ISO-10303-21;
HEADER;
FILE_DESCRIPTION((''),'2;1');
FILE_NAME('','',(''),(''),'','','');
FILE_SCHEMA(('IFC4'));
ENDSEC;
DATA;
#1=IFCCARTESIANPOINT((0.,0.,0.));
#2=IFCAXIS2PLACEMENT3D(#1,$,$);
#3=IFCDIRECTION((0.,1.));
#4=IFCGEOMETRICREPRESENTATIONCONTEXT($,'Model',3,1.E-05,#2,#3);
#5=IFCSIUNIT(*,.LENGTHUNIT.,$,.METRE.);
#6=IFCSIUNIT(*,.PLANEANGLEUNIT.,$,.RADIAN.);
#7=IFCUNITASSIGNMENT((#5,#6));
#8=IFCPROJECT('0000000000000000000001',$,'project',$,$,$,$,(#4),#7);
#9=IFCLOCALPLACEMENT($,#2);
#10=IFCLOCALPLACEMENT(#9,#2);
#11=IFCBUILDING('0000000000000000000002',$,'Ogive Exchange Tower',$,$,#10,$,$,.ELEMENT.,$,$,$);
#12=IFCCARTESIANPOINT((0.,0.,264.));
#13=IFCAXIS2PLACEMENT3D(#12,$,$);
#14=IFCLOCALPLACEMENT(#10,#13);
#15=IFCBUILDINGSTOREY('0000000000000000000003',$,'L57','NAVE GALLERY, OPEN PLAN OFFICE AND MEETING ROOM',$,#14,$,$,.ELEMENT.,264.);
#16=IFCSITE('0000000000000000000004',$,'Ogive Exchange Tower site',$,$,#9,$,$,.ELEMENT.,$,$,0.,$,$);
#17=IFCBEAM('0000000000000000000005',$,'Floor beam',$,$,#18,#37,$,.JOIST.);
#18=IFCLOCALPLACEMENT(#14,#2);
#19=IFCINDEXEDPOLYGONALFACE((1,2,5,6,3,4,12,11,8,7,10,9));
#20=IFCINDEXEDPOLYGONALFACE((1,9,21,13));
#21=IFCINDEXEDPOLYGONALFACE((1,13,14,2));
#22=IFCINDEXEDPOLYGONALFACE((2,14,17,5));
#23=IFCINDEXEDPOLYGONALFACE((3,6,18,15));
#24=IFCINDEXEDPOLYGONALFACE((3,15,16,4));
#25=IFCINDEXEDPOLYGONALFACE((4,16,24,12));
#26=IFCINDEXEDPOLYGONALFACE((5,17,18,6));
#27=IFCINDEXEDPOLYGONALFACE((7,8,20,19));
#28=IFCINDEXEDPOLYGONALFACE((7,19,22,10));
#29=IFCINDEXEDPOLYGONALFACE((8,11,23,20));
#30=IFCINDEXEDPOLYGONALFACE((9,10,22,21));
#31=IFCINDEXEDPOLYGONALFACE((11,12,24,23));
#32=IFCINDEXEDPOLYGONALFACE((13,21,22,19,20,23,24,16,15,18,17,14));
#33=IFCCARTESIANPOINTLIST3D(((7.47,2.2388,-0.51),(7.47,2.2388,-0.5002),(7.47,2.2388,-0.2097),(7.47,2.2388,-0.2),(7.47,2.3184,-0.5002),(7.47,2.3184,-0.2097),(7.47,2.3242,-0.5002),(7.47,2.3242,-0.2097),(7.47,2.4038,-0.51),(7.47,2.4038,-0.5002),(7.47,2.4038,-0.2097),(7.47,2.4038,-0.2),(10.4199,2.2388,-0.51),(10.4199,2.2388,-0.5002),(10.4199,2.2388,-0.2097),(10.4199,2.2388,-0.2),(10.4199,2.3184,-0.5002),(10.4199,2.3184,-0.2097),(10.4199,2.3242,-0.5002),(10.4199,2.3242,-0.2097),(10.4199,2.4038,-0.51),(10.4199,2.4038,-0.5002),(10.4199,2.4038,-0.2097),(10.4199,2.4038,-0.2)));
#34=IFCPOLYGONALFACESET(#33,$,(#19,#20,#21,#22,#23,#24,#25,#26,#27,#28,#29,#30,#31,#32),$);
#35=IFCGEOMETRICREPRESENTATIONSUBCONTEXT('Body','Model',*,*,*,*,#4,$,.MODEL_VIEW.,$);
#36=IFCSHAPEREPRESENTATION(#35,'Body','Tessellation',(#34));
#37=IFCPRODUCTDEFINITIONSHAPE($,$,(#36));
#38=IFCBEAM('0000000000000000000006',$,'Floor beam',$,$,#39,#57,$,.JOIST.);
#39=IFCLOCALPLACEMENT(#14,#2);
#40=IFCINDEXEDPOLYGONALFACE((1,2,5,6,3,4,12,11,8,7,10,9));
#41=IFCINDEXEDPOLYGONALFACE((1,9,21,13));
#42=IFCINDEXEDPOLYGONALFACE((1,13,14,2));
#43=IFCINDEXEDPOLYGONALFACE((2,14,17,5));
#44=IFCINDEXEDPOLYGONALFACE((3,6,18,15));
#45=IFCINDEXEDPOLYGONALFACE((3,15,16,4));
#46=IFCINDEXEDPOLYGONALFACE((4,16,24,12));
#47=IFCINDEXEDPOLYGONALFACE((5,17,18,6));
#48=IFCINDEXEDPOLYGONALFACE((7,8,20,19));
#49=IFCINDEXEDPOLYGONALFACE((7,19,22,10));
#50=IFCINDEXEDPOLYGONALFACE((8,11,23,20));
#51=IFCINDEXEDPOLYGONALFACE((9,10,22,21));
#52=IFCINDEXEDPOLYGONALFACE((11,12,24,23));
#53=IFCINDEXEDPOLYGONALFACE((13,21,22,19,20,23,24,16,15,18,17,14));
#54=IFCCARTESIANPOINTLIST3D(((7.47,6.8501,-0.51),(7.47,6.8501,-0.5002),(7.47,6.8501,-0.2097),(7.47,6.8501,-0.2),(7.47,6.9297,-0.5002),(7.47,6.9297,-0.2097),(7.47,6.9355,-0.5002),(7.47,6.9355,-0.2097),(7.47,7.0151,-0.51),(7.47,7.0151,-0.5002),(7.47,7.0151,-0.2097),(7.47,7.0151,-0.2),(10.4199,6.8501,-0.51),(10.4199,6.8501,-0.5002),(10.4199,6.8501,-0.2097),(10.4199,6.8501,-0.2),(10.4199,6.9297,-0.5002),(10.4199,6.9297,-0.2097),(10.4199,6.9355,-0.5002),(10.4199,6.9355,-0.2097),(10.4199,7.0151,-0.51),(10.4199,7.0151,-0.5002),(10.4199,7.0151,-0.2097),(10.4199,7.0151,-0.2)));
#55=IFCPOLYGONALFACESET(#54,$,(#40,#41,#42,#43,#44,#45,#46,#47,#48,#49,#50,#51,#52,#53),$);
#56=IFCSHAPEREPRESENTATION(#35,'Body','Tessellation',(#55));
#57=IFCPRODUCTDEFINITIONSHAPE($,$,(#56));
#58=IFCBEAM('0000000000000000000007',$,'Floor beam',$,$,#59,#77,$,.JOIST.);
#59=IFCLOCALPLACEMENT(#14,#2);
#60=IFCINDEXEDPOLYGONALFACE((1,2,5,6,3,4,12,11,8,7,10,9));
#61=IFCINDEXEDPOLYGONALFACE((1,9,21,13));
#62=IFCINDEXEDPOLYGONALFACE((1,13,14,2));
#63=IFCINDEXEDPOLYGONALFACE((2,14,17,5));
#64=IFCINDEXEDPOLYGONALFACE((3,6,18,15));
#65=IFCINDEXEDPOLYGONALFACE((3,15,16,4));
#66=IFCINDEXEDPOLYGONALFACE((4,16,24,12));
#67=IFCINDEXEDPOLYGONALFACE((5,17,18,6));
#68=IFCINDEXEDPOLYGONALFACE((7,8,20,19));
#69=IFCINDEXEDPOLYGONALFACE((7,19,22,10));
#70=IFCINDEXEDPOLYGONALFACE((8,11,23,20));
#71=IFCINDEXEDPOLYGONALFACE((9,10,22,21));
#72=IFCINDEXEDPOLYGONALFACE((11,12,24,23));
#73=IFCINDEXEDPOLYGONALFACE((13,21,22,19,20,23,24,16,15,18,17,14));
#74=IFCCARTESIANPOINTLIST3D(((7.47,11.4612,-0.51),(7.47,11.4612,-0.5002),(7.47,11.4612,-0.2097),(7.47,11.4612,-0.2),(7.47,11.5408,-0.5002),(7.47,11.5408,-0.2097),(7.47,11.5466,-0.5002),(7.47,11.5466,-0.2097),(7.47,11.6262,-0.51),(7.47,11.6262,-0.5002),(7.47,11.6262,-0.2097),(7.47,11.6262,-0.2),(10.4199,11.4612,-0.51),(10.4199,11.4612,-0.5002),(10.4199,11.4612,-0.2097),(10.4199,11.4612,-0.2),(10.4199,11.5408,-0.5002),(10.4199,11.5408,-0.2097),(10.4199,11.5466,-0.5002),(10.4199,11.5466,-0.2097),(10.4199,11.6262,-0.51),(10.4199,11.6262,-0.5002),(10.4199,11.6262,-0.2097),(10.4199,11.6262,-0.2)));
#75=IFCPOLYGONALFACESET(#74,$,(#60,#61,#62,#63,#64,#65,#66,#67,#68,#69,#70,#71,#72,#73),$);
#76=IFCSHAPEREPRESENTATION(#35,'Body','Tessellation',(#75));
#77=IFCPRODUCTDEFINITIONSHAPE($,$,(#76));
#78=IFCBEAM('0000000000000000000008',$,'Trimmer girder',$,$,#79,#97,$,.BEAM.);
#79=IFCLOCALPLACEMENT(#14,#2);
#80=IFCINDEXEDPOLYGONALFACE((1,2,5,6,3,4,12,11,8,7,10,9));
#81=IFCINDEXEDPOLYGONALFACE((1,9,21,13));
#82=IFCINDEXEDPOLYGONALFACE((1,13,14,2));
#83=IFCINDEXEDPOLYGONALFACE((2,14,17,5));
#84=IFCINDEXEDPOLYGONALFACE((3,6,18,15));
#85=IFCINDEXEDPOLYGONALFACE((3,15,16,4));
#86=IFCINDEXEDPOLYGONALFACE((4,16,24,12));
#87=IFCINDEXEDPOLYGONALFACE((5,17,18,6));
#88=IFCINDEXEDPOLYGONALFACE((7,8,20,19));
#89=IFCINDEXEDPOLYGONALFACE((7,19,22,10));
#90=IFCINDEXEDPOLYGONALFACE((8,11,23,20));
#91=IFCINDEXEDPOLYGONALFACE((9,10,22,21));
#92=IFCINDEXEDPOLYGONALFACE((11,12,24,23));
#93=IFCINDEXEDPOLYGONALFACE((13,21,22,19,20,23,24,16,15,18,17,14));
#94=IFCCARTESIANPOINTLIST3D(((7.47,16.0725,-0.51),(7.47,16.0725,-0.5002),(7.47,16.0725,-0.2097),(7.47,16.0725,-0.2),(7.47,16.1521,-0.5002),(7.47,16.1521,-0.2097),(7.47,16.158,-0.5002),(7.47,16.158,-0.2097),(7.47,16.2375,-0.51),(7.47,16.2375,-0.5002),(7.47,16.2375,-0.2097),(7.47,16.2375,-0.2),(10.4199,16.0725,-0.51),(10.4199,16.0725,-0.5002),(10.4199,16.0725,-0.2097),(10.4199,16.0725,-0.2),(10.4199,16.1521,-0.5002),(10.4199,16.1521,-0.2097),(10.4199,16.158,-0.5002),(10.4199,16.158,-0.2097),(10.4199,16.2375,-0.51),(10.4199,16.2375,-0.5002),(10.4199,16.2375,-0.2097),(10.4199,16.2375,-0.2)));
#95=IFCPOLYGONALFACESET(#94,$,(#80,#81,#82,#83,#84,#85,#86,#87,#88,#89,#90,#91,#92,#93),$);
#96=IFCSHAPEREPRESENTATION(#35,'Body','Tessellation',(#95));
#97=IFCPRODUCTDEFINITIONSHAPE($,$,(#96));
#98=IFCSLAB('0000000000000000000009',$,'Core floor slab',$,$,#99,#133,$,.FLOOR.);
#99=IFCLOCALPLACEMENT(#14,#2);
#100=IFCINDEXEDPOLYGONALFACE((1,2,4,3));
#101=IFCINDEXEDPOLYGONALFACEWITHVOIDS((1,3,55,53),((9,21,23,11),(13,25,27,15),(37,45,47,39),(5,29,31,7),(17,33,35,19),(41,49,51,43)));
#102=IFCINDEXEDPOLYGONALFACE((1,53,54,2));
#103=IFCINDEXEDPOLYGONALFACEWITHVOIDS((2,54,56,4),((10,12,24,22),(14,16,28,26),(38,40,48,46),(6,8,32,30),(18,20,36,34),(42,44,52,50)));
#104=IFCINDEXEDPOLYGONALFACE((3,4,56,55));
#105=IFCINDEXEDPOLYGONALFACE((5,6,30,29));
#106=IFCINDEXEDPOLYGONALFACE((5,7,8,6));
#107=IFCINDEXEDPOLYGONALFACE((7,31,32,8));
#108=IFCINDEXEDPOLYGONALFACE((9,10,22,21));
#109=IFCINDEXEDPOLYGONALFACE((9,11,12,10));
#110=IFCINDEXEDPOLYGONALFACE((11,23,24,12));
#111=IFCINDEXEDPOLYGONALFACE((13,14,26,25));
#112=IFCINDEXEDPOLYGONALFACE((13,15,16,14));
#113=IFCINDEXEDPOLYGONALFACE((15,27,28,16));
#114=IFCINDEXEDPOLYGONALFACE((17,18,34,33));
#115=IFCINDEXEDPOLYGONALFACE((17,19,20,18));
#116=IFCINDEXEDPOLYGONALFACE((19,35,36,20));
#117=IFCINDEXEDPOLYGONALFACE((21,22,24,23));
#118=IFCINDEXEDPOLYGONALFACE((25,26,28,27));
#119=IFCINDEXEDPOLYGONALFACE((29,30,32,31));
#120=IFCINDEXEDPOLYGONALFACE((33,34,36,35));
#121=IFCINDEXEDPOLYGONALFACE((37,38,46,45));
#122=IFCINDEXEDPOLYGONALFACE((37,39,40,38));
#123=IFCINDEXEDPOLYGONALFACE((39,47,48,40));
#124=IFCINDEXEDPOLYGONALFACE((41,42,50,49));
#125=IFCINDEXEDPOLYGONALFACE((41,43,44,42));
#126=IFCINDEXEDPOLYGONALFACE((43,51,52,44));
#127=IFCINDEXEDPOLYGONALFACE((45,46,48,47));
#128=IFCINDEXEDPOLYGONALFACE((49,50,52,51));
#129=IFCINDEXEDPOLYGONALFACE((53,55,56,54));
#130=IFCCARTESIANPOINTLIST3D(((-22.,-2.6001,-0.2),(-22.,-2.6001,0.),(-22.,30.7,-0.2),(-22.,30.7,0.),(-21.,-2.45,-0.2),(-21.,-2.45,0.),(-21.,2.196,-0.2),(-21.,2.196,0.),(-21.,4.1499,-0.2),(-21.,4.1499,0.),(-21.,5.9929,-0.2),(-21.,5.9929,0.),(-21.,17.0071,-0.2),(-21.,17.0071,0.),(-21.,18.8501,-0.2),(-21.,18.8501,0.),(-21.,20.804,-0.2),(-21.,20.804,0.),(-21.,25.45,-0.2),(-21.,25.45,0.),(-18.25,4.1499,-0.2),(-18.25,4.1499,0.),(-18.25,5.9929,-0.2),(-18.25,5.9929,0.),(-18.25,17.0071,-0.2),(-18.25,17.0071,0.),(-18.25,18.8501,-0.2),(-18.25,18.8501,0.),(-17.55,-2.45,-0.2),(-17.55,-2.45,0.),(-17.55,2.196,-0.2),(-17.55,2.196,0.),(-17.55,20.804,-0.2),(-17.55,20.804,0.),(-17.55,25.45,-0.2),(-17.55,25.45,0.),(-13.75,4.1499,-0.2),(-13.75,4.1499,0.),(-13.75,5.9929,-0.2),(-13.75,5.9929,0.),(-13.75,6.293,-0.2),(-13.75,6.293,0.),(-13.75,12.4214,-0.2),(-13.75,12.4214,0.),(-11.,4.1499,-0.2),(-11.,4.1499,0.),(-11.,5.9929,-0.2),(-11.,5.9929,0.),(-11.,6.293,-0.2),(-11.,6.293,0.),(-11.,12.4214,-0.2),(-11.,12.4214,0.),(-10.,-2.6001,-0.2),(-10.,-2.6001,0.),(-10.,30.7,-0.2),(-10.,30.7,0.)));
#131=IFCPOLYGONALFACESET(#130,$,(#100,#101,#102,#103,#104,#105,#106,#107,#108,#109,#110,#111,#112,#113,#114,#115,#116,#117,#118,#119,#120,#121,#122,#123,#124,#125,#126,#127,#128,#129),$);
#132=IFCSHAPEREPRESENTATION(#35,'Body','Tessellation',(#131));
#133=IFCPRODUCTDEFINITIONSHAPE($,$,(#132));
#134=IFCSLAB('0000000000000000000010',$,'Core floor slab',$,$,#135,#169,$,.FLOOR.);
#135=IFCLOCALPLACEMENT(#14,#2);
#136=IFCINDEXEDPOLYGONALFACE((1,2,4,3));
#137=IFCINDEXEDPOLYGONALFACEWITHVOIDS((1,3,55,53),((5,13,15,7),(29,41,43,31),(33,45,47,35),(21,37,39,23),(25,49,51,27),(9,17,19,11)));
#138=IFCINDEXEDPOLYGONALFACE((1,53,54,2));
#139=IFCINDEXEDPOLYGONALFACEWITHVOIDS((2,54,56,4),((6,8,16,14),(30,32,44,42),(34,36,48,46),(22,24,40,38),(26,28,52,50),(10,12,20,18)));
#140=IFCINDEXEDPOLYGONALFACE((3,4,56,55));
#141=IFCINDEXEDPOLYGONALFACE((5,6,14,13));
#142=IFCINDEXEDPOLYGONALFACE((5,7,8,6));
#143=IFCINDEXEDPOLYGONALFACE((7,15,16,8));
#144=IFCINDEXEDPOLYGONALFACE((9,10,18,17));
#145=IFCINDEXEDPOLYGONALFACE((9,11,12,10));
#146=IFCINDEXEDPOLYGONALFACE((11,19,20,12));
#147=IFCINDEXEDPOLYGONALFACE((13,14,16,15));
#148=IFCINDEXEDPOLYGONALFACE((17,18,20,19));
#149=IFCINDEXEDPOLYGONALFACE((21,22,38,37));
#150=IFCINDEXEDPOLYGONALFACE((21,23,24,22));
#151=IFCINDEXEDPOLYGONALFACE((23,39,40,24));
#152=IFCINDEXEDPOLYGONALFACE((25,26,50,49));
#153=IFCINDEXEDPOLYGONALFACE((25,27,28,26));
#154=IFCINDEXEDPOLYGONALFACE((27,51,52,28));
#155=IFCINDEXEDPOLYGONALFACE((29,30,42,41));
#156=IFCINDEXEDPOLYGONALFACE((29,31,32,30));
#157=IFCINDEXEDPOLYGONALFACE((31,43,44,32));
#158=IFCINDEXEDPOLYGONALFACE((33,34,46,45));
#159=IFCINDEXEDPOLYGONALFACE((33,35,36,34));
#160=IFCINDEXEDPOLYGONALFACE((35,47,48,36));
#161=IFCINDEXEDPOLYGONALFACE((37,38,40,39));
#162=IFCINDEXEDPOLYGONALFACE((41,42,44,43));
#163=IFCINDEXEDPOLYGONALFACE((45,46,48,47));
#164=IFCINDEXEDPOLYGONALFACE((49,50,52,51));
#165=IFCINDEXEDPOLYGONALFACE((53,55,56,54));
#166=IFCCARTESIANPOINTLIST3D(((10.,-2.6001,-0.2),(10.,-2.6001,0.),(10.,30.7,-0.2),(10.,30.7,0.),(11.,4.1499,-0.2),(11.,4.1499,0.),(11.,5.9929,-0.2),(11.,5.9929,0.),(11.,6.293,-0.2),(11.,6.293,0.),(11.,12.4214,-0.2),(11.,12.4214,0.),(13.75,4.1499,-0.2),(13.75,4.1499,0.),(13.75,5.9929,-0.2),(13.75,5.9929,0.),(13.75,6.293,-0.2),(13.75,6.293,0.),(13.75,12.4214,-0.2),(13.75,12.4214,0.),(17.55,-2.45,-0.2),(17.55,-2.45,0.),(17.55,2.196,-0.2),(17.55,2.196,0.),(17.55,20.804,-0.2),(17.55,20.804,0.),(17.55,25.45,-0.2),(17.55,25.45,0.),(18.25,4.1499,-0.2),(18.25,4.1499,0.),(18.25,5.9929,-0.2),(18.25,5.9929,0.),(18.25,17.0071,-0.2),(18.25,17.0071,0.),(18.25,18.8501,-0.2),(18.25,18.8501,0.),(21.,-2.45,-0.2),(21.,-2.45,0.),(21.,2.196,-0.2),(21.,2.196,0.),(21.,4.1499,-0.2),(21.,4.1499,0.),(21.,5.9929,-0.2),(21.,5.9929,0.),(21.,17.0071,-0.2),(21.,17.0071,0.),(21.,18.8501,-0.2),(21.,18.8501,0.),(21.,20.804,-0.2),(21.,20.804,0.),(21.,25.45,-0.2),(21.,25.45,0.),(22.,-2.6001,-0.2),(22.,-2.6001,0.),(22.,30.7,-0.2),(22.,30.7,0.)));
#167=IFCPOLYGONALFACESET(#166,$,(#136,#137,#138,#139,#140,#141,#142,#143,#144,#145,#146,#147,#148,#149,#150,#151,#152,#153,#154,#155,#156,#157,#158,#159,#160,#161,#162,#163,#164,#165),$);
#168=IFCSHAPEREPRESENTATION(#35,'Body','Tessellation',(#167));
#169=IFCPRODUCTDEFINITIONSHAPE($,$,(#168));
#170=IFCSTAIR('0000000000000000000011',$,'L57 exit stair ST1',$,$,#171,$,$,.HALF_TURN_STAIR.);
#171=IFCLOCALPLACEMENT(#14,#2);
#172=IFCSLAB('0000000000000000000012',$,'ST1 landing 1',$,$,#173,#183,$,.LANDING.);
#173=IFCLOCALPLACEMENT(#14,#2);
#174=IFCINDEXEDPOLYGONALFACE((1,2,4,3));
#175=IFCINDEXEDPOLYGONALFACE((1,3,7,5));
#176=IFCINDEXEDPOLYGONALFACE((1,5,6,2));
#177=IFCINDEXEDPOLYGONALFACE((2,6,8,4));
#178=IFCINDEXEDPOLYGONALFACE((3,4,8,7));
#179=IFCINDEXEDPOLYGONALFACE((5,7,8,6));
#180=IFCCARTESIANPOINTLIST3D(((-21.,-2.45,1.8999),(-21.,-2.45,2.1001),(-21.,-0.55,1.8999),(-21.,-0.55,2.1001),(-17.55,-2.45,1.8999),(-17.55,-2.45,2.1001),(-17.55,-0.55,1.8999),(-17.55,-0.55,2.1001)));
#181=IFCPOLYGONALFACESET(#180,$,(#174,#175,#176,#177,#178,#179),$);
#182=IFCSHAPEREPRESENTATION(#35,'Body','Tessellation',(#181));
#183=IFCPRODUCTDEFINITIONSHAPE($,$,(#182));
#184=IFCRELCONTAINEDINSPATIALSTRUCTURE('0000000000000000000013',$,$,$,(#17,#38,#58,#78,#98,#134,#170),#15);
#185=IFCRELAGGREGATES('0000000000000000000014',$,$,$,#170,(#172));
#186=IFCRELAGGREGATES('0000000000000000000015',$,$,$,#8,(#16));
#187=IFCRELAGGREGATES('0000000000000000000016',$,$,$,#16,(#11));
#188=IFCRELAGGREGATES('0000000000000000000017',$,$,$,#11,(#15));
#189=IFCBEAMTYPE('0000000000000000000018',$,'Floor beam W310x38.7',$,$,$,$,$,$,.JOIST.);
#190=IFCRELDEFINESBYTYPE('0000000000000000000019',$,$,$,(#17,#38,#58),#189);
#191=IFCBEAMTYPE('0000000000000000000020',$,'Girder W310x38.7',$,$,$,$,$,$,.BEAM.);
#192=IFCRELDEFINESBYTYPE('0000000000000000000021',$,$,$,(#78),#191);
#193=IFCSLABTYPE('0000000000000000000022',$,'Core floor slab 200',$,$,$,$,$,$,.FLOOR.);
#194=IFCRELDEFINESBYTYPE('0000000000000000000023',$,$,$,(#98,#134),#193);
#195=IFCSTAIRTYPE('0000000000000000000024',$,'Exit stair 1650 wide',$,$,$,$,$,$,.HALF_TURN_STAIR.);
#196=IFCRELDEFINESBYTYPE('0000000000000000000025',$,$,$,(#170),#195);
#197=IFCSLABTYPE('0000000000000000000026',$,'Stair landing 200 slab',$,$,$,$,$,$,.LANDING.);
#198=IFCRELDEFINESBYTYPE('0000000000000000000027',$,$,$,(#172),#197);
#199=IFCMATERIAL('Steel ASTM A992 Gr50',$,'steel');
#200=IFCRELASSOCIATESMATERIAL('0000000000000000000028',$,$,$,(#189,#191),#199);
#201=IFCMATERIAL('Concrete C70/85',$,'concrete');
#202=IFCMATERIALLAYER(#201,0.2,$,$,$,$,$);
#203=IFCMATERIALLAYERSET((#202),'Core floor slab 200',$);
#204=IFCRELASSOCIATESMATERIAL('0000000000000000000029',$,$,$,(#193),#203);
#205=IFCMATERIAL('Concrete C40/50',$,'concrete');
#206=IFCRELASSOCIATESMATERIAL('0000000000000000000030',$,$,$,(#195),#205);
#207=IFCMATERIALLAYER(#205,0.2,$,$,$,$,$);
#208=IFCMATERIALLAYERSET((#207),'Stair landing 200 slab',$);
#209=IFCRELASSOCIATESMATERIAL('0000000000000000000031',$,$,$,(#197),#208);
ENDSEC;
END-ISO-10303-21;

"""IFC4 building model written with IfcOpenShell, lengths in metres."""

from ifc_helpers import new_model, si_unit, direction, frame, origin, origin_2d, place, context, subcontext, project, spatial, polyline, i_section, outline, extrude, material, layer, layer_set, material_profile, profile_set, type_object, element, aggregate, save


model = new_model("IFC4")

# Units and contexts
model_context = context("Model", 3, precision=1e-05, world=origin(), true_north=direction((0.0, 1.0)))
body_context = subcontext(model_context, "Body", "Model", "MODEL_VIEW")
ifc_project = project(units=[si_unit("LENGTHUNIT", "METRE"), si_unit("PLANEANGLEUNIT", "RADIAN")], contexts=[model_context])

# Site, building, storey
site_placement = place(None, origin())
site = spatial("IfcSite", under=ifc_project, at=site_placement, Name="Ogive Exchange Tower site", CompositionType="ELEMENT", RefElevation=0.0)
building_placement = place(site_placement, origin())
building = spatial("IfcBuilding", under=site, at=building_placement, Name="Ogive Exchange Tower", CompositionType="ELEMENT")
storey_placement = place(building_placement, frame((0.0, 0.0, 264.0)))
storey = spatial("IfcBuildingStorey", under=building, at=storey_placement, Name="L57", Description="NAVE GALLERY, OPEN PLAN OFFICE AND MEETING ROOM", CompositionType="ELEMENT", Elevation=264.0)

# Beams
ifc_material_1 = material(Name="Steel ASTM A992 Gr50", Category="steel")
ifc_material_profile_1 = material_profile(ifc_material_1, i_section(OverallWidth=0.165, OverallDepth=0.3101, WebThickness=0.0059, FlangeThickness=0.0098, at=origin_2d()), Name="W310x38.7")
ifc_profile_set_1 = profile_set([ifc_material_profile_1], Name="Steel ASTM A992 Gr50")
beam_type_1 = type_object("IfcBeamType", Name="Floor beam W310x38.7", PredefinedType="JOIST", material=ifc_profile_set_1)
for number, where, z_axis, x_axis, name in (
    (1, (7.47, 2.3213, -0.355), (1.0, 0.0, 0.0), (0.0, 1.0, 0.0), "Floor beam"),
    (2, (7.47, 6.9326, -0.355), (1.0, 0.0, 0.0), (0.0, 1.0, 0.0), "Floor beam"),
    (3, (7.47, 11.5437, -0.355), (1.0, 0.0, 0.0), (0.0, 1.0, 0.0), "Floor beam"),
):
    element("IfcBeam", number, at=place(storey_placement, frame(where, z_axis=z_axis, x_axis=x_axis)), inside=storey, type_object=beam_type_1, Name=name, PredefinedType="JOIST", context=body_context, shape_type="SweptSolid", body=[
        extrude(i_section(OverallWidth=0.165, OverallDepth=0.3101, WebThickness=0.0059, FlangeThickness=0.0098, at=origin_2d()), origin(), (0.0, 0.0, 1.0), 2.95),
    ])
ifc_material_profile_2 = material_profile(ifc_material_1, i_section(OverallWidth=0.165, OverallDepth=0.3101, WebThickness=0.0059, FlangeThickness=0.0098, at=origin_2d()), Name="W310x38.7")
ifc_profile_set_2 = profile_set([ifc_material_profile_2], Name="Steel ASTM A992 Gr50")
beam_type_2 = type_object("IfcBeamType", Name="Girder W310x38.7", PredefinedType="BEAM", material=ifc_profile_set_2)
beam_placement = place(storey_placement, frame((7.47, 16.155, -0.355), z_axis=(1.0, 0.0, 0.0), x_axis=(0.0, 1.0, 0.0)))
element("IfcBeam", 4, at=beam_placement, inside=storey, type_object=beam_type_2, Name="Trimmer girder", PredefinedType="BEAM", context=body_context, shape_type="SweptSolid", body=[
    extrude(i_section(OverallWidth=0.165, OverallDepth=0.3101, WebThickness=0.0059, FlangeThickness=0.0098, at=origin_2d()), origin(), (0.0, 0.0, 1.0), 2.95),
])

# Slabs
ifc_material_2 = material(Name="Concrete C70/85", Category="concrete")
ifc_layer_1 = layer(ifc_material_2, 0.2)
ifc_layer_set_1 = layer_set([ifc_layer_1], Name="Core floor slab 200")
slab_type_1 = type_object("IfcSlabType", Name="Core floor slab 200", PredefinedType="FLOOR", material=ifc_layer_set_1)
slab_1_placement = place(storey_placement, frame((0.0, 0.0, -0.2)))
element("IfcSlab", 5, at=slab_1_placement, inside=storey, type_object=slab_type_1, Name="Core floor slab", PredefinedType="FLOOR", context=body_context, shape_type="SweptSolid", body=[
    extrude(outline(polyline([(-22.0, -2.6001), (-22.0, 30.7), (-10.0, 30.7), (-10.0, -2.6001), (-22.0, -2.6001)]), holes=[polyline([(-17.55, 2.196), (-21.0, 2.196), (-21.0, -2.45), (-17.55, -2.45), (-17.55, 2.196)]), polyline([(-18.25, 5.9929), (-21.0, 5.9929), (-21.0, 4.1499), (-18.25, 4.1499), (-18.25, 5.9929)]), polyline([(-11.0, 5.9929), (-13.75, 5.9929), (-13.75, 4.1499), (-11.0, 4.1499), (-11.0, 5.9929)]), polyline([(-13.75, 12.4214), (-13.75, 6.293), (-11.0, 6.293), (-11.0, 12.4214), (-13.75, 12.4214)]), polyline([(-18.25, 18.8501), (-21.0, 18.8501), (-21.0, 17.0071), (-18.25, 17.0071), (-18.25, 18.8501)]), polyline([(-21.0, 25.45), (-21.0, 20.804), (-17.55, 20.804), (-17.55, 25.45), (-21.0, 25.45)])]), origin(), (0.0, 0.0, 1.0), 0.2),
])
slab_2_placement = place(storey_placement, frame((0.0, 0.0, -0.2)))
element("IfcSlab", 6, at=slab_2_placement, inside=storey, type_object=slab_type_1, Name="Core floor slab", PredefinedType="FLOOR", context=body_context, shape_type="SweptSolid", body=[
    extrude(outline(polyline([(10.0, -2.6001), (10.0, 30.7), (22.0, 30.7), (22.0, -2.6001), (10.0, -2.6001)]), holes=[polyline([(21.0, 2.196), (17.55, 2.196), (17.55, -2.45), (21.0, -2.45), (21.0, 2.196)]), polyline([(13.75, 5.9929), (11.0, 5.9929), (11.0, 4.1499), (13.75, 4.1499), (13.75, 5.9929)]), polyline([(21.0, 5.9929), (18.25, 5.9929), (18.25, 4.1499), (21.0, 4.1499), (21.0, 5.9929)]), polyline([(11.0, 12.4214), (11.0, 6.293), (13.75, 6.293), (13.75, 12.4214), (11.0, 12.4214)]), polyline([(21.0, 18.8501), (18.25, 18.8501), (18.25, 17.0071), (21.0, 17.0071), (21.0, 18.8501)]), polyline([(17.55, 25.45), (17.55, 20.804), (21.0, 20.804), (21.0, 25.45), (17.55, 25.45)])]), origin(), (0.0, 0.0, 1.0), 0.2),
])

# Stair, slab
ifc_material_3 = material(Name="Concrete C40/50", Category="concrete")
stair_type = type_object("IfcStairType", Name="Exit stair 1650 wide", PredefinedType="HALF_TURN_STAIR", material=ifc_material_3)
stair_1_placement = place(storey_placement, origin())
stair_1 = element("IfcStair", 7, at=stair_1_placement, inside=storey, type_object=stair_type, Name="L57 exit stair ST1", PredefinedType="HALF_TURN_STAIR")
ifc_layer_2 = layer(ifc_material_3, 0.2)
ifc_layer_set_2 = layer_set([ifc_layer_2], Name="Stair landing 200 slab")
slab_type_2 = type_object("IfcSlabType", Name="Stair landing 200 slab", PredefinedType="LANDING", material=ifc_layer_set_2)
slab_3_placement = place(storey_placement, frame((0.0, 0.0, 1.8999)))
slab_3 = element("IfcSlab", 8, at=slab_3_placement, type_object=slab_type_2, Name="ST1 landing 1", PredefinedType="LANDING", context=body_context, shape_type="SweptSolid", body=[
    extrude(outline(polyline([(-21.0, -0.55), (-21.0, -2.45), (-17.55, -2.45), (-17.55, -0.55), (-21.0, -0.55)])), origin(), (0.0, 0.0, 1.0), 0.2002),
])
aggregate(stair_1, [slab_3])

save(model, "model.ifc")
